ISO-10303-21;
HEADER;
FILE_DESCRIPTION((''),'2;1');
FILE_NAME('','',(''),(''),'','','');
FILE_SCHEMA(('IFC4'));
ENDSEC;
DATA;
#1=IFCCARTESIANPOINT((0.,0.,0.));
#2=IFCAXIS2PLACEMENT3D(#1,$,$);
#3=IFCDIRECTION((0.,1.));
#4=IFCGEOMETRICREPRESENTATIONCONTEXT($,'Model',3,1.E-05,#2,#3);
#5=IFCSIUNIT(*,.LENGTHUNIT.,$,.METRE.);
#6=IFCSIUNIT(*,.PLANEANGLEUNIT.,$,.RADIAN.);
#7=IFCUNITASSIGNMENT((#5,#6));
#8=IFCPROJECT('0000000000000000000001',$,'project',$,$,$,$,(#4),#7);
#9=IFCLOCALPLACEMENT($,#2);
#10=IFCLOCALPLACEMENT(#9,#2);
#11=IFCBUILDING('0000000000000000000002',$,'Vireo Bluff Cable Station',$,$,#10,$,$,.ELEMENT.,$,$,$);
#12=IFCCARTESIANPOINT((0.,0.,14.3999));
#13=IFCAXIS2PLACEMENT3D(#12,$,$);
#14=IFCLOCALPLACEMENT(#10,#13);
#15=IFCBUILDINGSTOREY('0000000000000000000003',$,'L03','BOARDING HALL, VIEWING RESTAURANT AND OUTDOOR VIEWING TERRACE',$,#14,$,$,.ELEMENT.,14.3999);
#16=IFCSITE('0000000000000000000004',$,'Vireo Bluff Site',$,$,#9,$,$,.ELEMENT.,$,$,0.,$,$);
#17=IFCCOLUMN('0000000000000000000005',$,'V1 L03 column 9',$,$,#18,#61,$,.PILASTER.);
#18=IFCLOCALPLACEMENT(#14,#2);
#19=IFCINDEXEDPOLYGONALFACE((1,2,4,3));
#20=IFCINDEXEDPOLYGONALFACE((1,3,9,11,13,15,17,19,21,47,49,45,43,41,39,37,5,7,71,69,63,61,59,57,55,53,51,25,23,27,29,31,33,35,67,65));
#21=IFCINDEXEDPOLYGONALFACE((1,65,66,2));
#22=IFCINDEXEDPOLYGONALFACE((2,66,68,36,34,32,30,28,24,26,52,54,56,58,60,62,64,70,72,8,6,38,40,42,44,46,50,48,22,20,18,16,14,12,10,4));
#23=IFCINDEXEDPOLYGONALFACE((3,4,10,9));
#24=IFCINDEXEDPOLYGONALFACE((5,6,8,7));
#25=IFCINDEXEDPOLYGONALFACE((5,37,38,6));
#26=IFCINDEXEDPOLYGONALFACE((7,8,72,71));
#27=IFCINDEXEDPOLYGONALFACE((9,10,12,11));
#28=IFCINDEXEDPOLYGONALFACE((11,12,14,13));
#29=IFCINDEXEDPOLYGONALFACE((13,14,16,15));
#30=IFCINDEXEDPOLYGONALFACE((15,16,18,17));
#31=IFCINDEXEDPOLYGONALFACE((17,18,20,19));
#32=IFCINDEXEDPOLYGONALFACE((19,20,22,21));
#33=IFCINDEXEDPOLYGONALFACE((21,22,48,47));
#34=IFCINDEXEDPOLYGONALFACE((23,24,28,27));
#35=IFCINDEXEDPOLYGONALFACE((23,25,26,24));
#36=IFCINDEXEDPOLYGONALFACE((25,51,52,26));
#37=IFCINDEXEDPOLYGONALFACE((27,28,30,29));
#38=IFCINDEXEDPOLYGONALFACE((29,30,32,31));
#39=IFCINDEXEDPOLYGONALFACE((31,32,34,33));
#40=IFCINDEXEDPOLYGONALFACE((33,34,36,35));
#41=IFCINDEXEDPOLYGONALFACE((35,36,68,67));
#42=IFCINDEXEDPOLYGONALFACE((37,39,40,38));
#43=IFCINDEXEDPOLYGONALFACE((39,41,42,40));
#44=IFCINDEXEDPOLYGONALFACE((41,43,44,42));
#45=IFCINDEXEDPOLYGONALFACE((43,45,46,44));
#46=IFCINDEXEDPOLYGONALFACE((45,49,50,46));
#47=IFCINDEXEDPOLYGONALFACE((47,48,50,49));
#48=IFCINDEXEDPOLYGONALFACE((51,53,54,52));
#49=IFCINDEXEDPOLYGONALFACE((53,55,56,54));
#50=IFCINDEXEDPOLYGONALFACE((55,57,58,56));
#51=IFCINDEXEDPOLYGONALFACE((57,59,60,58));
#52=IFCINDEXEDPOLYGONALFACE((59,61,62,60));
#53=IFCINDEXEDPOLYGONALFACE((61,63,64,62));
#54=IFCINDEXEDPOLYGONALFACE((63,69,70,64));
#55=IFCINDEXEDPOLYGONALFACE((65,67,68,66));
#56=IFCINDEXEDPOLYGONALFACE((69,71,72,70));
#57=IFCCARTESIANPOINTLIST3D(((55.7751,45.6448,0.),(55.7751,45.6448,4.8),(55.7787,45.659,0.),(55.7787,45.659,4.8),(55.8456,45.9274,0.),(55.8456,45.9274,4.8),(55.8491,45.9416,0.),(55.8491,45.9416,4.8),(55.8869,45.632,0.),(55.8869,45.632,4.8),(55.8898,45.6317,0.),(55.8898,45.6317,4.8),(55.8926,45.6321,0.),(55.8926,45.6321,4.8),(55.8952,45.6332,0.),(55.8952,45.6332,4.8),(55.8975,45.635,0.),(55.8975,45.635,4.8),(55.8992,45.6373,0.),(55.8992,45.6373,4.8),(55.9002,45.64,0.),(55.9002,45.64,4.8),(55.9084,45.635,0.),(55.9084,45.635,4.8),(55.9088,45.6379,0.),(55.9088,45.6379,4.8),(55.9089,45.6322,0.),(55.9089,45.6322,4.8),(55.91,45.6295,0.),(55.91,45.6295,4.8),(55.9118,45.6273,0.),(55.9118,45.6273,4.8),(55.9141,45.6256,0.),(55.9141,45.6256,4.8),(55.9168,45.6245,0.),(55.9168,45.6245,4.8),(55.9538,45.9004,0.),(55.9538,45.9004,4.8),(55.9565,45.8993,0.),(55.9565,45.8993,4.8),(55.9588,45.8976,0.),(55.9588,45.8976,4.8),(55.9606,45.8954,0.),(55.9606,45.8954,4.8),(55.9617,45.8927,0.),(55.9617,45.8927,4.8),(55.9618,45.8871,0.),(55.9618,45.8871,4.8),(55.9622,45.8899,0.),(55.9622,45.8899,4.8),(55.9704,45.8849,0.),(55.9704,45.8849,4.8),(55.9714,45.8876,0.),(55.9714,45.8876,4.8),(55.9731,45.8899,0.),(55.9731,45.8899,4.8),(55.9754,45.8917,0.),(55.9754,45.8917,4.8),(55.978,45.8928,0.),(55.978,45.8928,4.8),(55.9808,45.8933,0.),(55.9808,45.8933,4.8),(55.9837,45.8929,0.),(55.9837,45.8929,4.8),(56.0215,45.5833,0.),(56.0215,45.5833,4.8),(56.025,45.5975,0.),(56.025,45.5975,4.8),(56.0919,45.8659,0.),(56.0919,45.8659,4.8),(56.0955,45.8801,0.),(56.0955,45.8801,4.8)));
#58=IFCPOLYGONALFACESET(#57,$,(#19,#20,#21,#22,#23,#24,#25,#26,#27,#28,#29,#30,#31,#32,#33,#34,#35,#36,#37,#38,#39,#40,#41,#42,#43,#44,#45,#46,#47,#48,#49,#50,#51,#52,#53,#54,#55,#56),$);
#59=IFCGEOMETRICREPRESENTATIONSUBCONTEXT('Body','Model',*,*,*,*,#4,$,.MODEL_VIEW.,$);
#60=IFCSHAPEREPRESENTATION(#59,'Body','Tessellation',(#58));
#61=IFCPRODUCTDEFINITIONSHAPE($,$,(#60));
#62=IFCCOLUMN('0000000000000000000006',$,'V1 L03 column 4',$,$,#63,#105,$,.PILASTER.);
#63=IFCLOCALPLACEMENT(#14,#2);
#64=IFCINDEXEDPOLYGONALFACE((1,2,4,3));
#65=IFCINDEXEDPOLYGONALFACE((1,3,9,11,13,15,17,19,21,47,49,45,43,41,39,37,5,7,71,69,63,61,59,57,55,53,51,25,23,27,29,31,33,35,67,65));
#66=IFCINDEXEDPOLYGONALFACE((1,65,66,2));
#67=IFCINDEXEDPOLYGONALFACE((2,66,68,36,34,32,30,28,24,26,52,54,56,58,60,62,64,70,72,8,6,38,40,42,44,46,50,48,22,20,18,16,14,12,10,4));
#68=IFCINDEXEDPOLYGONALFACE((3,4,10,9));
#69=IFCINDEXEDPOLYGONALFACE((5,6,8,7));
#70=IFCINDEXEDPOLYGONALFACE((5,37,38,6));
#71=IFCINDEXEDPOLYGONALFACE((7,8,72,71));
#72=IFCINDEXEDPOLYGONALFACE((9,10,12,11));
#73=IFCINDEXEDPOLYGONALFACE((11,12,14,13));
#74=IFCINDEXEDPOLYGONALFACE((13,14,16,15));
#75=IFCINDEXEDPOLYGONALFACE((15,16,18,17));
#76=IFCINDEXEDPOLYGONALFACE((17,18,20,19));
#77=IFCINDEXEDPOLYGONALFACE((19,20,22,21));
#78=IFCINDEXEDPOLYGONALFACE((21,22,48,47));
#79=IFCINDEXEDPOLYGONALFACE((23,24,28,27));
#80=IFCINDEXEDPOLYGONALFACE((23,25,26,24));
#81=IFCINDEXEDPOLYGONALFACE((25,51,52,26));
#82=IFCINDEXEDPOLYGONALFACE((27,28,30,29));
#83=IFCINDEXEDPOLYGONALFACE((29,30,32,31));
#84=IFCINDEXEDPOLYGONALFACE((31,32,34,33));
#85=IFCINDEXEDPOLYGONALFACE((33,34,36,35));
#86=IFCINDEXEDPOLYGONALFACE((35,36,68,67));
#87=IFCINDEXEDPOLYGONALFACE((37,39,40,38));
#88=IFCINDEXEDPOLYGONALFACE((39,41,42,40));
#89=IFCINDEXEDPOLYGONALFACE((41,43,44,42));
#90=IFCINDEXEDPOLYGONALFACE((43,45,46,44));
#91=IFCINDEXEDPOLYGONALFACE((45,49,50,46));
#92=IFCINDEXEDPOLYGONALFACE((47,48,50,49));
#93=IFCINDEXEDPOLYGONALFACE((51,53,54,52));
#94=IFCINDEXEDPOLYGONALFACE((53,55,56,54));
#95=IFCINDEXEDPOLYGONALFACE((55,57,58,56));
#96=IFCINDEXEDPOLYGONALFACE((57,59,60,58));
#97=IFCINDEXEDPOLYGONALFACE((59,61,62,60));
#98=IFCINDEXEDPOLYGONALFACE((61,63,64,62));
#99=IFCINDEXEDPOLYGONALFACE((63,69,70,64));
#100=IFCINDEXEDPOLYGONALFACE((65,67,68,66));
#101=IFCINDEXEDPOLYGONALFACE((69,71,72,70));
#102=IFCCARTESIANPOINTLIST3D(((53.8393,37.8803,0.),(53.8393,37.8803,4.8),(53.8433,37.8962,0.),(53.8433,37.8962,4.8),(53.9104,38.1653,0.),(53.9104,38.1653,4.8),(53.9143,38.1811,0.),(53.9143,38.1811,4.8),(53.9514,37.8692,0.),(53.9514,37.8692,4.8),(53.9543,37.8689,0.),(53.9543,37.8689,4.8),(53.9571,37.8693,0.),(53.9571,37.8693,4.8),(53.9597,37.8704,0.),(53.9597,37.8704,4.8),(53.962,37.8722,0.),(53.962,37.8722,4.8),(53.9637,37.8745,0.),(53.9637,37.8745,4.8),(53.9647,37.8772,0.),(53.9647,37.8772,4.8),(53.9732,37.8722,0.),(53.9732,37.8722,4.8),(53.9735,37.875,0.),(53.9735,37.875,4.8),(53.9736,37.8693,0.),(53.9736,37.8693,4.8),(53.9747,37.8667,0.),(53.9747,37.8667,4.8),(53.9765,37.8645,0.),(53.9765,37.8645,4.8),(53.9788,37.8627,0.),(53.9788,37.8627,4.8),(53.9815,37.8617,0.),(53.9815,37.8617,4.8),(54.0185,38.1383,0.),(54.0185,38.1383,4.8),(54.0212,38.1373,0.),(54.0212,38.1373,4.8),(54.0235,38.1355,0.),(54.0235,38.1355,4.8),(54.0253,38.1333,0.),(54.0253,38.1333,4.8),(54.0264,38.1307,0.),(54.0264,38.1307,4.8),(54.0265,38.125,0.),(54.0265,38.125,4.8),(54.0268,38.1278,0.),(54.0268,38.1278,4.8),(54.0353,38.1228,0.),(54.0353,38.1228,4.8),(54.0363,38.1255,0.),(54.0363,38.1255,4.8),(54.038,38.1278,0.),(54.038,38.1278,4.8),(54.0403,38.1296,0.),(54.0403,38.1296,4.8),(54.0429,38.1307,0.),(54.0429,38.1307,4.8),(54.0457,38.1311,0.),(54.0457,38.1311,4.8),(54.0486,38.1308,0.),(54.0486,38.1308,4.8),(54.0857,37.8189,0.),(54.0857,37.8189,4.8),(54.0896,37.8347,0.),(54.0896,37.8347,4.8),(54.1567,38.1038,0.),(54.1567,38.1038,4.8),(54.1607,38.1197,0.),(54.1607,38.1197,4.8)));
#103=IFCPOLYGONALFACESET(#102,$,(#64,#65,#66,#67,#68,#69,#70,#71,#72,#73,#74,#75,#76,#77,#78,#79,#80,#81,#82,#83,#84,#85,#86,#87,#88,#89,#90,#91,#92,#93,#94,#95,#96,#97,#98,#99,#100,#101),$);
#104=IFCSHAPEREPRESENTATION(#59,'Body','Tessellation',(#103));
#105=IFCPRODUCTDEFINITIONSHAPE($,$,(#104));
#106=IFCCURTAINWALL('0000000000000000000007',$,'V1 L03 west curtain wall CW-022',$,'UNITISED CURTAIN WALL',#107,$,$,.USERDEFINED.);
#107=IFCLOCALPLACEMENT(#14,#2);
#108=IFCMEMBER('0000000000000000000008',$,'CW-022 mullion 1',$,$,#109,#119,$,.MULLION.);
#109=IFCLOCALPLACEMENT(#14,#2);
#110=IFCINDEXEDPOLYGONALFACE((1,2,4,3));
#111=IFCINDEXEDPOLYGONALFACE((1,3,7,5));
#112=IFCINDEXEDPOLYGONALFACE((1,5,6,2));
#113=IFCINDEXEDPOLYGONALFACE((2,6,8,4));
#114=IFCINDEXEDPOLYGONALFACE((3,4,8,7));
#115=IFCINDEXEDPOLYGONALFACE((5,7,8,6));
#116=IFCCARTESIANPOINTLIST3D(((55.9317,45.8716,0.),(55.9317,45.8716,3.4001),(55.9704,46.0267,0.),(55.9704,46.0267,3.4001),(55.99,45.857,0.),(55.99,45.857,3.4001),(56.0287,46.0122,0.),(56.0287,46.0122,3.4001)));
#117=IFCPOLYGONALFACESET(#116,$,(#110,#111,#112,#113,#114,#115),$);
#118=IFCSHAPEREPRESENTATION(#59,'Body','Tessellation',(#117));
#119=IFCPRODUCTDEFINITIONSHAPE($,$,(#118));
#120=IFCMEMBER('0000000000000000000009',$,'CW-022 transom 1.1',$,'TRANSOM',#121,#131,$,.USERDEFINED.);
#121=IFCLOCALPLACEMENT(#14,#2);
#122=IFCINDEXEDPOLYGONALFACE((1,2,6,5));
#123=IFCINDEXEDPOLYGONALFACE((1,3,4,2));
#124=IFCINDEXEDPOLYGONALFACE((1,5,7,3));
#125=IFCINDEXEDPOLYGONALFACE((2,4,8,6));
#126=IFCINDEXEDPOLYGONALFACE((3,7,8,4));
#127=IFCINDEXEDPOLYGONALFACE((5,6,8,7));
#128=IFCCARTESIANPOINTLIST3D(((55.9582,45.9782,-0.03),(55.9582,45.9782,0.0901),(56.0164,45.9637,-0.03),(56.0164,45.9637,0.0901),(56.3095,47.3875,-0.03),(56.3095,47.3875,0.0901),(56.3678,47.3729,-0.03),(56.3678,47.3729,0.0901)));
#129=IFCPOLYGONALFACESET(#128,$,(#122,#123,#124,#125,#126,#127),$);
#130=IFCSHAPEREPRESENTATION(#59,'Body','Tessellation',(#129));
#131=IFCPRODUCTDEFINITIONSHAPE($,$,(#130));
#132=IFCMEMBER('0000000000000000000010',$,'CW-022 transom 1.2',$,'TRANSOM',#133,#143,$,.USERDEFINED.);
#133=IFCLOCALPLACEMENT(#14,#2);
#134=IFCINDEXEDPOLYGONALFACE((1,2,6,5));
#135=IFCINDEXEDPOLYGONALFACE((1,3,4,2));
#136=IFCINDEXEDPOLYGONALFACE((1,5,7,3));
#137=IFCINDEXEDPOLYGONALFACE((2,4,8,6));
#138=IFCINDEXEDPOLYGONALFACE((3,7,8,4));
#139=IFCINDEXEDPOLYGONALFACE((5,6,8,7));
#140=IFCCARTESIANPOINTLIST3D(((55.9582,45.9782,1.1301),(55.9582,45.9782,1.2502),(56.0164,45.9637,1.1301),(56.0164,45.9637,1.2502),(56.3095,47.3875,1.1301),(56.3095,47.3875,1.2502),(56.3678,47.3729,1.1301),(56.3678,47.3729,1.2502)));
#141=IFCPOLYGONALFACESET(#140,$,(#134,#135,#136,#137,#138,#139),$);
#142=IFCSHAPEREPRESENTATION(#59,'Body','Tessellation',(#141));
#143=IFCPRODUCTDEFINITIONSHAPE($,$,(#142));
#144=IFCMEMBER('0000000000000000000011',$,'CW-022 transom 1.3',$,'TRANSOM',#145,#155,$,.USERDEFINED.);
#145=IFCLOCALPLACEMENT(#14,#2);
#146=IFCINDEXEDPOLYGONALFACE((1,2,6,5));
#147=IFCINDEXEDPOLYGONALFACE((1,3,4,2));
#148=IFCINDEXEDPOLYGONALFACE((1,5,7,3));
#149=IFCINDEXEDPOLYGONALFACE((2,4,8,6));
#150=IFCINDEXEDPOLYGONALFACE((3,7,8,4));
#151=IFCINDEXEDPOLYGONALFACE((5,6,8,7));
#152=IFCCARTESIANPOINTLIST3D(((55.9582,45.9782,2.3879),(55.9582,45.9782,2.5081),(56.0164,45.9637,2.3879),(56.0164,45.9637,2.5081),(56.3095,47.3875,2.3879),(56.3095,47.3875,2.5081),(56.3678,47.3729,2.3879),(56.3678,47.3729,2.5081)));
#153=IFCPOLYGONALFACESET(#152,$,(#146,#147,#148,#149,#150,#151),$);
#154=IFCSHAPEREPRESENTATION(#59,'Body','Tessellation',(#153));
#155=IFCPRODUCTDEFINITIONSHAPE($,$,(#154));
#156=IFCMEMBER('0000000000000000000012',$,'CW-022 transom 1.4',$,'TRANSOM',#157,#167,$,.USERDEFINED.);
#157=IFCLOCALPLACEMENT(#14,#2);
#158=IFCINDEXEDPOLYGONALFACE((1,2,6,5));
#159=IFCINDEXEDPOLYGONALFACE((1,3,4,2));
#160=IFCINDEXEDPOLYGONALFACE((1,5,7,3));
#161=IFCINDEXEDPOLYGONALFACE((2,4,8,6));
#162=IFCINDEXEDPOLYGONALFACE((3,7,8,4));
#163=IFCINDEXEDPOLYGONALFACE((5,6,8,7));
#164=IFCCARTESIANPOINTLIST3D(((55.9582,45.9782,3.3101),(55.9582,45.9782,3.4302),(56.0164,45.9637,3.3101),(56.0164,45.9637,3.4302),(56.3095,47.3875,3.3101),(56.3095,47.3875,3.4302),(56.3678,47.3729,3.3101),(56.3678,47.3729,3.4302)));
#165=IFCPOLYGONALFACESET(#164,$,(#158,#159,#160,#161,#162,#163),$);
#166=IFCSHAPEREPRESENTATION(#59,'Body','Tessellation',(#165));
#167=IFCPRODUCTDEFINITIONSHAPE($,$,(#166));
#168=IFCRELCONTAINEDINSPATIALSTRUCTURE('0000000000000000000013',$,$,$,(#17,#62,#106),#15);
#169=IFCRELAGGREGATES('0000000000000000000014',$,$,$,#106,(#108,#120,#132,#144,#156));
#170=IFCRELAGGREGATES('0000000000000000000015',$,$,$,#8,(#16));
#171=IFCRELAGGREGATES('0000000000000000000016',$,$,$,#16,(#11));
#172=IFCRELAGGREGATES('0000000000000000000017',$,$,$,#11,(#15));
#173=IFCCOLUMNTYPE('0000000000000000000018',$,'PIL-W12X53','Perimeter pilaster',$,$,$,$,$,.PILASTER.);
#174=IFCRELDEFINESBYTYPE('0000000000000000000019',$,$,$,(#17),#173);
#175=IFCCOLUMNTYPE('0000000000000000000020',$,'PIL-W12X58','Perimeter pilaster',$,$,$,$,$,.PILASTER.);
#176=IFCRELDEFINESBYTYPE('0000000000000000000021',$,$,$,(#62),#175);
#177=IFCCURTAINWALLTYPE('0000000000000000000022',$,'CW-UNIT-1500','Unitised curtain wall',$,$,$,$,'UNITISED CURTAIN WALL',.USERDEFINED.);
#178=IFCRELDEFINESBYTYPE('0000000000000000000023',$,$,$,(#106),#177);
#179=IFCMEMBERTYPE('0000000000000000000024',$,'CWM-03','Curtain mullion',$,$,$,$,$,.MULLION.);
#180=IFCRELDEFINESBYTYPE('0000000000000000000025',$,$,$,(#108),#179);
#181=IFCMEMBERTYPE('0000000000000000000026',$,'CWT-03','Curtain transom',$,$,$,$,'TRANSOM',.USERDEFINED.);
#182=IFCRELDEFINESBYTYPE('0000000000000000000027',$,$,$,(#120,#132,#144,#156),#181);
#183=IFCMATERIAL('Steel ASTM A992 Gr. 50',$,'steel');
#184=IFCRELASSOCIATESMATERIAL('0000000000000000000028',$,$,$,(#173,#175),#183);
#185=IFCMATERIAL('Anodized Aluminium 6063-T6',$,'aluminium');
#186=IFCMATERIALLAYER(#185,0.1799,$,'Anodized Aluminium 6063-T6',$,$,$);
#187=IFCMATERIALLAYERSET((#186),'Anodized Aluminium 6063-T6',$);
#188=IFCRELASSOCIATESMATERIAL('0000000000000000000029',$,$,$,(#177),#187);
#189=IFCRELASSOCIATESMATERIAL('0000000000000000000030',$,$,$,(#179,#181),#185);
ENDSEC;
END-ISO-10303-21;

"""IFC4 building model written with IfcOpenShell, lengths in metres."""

from ifc_helpers import new_model, si_unit, direction, frame, origin, origin_2d, place, context, subcontext, project, spatial, rectangle, i_section, extrude, material, layer, layer_set, material_profile, profile_set, type_object, element, aggregate, save


model = new_model("IFC4")

# Units and contexts
model_context = context("Model", 3, precision=1e-05, world=origin(), true_north=direction((0.0, 1.0)))
body_context = subcontext(model_context, "Body", "Model", "MODEL_VIEW")
ifc_project = project(units=[si_unit("LENGTHUNIT", "METRE"), si_unit("PLANEANGLEUNIT", "RADIAN")], contexts=[model_context])

# Site, building, storey
site_placement = place(None, origin())
site = spatial("IfcSite", under=ifc_project, at=site_placement, Name="Vireo Bluff Site", CompositionType="ELEMENT", RefElevation=0.0)
building_placement = place(site_placement, origin())
building = spatial("IfcBuilding", under=site, at=building_placement, Name="Vireo Bluff Cable Station", CompositionType="ELEMENT")
storey_placement = place(building_placement, frame((0.0, 0.0, 14.3999)))
storey = spatial("IfcBuildingStorey", under=building, at=storey_placement, Name="L03", Description="BOARDING HALL, VIEWING RESTAURANT AND OUTDOOR VIEWING TERRACE", CompositionType="ELEMENT", Elevation=14.3999)

# Columns
ifc_material_1 = material(Name="Steel ASTM A992 Gr. 50", Category="steel")
ifc_material_profile_1 = material_profile(ifc_material_1, i_section(OverallWidth=0.2539, OverallDepth=0.3059, WebThickness=0.0088, FlangeThickness=0.0146, FilletRadius=0.011, at=origin_2d()), Name="W12X53")
ifc_profile_set_1 = profile_set([ifc_material_profile_1], Name="Steel ASTM A992 Gr. 50")
column_type_1 = type_object("IfcColumnType", Name="PIL-W12X53", Description="Perimeter pilaster", PredefinedType="PILASTER", material=ifc_profile_set_1)
column_1_placement = place(storey_placement, frame((55.9353, 45.7625, 0.0), z_axis=(0.0, 0.0, 1.0), x_axis=(0.970296, -0.241922, 0.0)))
element("IfcColumn", 1, at=column_1_placement, inside=storey, type_object=column_type_1, Name="V1 L03 column 9", PredefinedType="PILASTER", context=body_context, shape_type="SweptSolid", body=[
    extrude(i_section(OverallWidth=0.2539, OverallDepth=0.3059, WebThickness=0.0088, FlangeThickness=0.0146, FilletRadius=0.011, at=origin_2d()), origin(), (0.0, 0.0, 1.0), 4.8),
])
ifc_material_profile_2 = material_profile(ifc_material_1, i_section(OverallWidth=0.2539, OverallDepth=0.3101, WebThickness=0.009, FlangeThickness=0.0164, FilletRadius=0.011, at=origin_2d()), Name="W12X58")
ifc_profile_set_2 = profile_set([ifc_material_profile_2], Name="Steel ASTM A992 Gr. 50")
column_type_2 = type_object("IfcColumnType", Name="PIL-W12X58", Description="Perimeter pilaster", PredefinedType="PILASTER", material=ifc_profile_set_2)
column_2_placement = place(storey_placement, frame((54.0, 38.0, 0.0), z_axis=(0.0, 0.0, 1.0), x_axis=(0.970296, -0.241922, 0.0)))
element("IfcColumn", 2, at=column_2_placement, inside=storey, type_object=column_type_2, Name="V1 L03 column 4", PredefinedType="PILASTER", context=body_context, shape_type="SweptSolid", body=[
    extrude(i_section(OverallWidth=0.2539, OverallDepth=0.3101, WebThickness=0.009, FlangeThickness=0.0164, FilletRadius=0.011, at=origin_2d()), origin(), (0.0, 0.0, 1.0), 4.8),
])

# Curtain wall, members
ifc_material_2 = material(Name="Anodized Aluminium 6063-T6", Category="aluminium")
ifc_layer_1 = layer(ifc_material_2, 0.1799, Name="Anodized Aluminium 6063-T6")
ifc_layer_set_1 = layer_set([ifc_layer_1], Name="Anodized Aluminium 6063-T6")
curtain_wall_type = type_object("IfcCurtainWallType", Name="CW-UNIT-1500", Description="Unitised curtain wall", ElementType="UNITISED CURTAIN WALL", PredefinedType="USERDEFINED", material=ifc_layer_set_1)
curtain_wall_placement = place(storey_placement, origin())
curtain_wall = element("IfcCurtainWall", 3, at=curtain_wall_placement, inside=storey, type_object=curtain_wall_type, Name="V1 L03 west curtain wall CW-022", ObjectType="UNITISED CURTAIN WALL", PredefinedType="USERDEFINED")
ifc_material_profile_3 = material_profile(ifc_material_2, rectangle(XDim=0.0601, YDim=0.1599, at=origin_2d()), Name="ALU-M-60X160")
ifc_profile_set_3 = profile_set([ifc_material_profile_3], Name="Anodized Aluminium 6063-T6")
member_type_1 = type_object("IfcMemberType", Name="CWM-03", Description="Curtain mullion", PredefinedType="MULLION", material=ifc_profile_set_3)
member_1_placement = place(storey_placement, frame((55.9802, 45.9419, 0.0), z_axis=(0.0, 0.0, 1.0), x_axis=(-0.970296, 0.241922, 0.0)))
member_1 = element("IfcMember", 4, at=member_1_placement, type_object=member_type_1, Name="CW-022 mullion 1", PredefinedType="MULLION", context=body_context, shape_type="SweptSolid", body=[
    extrude(rectangle(XDim=0.0601, YDim=0.1599, at=origin_2d()), origin(), (0.0, 0.0, 1.0), 3.4001),
])
ifc_material_profile_4 = material_profile(ifc_material_2, rectangle(XDim=0.0601, YDim=0.1201, at=origin_2d()), Name="ALU-T-60X120")
ifc_profile_set_4 = profile_set([ifc_material_profile_4], Name="Anodized Aluminium 6063-T6")
member_type_2 = type_object("IfcMemberType", Name="CWT-03", Description="Curtain transom", ElementType="TRANSOM", PredefinedType="USERDEFINED", material=ifc_profile_set_4)
member_2_placement = place(storey_placement, frame((55.9873, 45.9709, 0.03), z_axis=(0.241903, 0.970301, 0.0), x_axis=(-0.970301, 0.241903, 0.0)))
member_2 = element("IfcMember", 5, at=member_2_placement, type_object=member_type_2, Name="CW-022 transom 1.1", ObjectType="TRANSOM", PredefinedType="USERDEFINED", context=body_context, shape_type="SweptSolid", body=[
    extrude(rectangle(XDim=0.0601, YDim=0.1201, at=origin_2d()), origin(), (0.0, 0.0, 1.0), 1.4524),
])
member_3_placement = place(storey_placement, frame((55.9873, 45.9709, 1.1902), z_axis=(0.241903, 0.970301, 0.0), x_axis=(-0.970301, 0.241903, 0.0)))
member_3 = element("IfcMember", 6, at=member_3_placement, type_object=member_type_2, Name="CW-022 transom 1.2", ObjectType="TRANSOM", PredefinedType="USERDEFINED", context=body_context, shape_type="SweptSolid", body=[
    extrude(rectangle(XDim=0.0601, YDim=0.1201, at=origin_2d()), origin(), (0.0, 0.0, 1.0), 1.4524),
])
member_4_placement = place(storey_placement, frame((55.9873, 45.9709, 2.448), z_axis=(0.241903, 0.970301, 0.0), x_axis=(-0.970301, 0.241903, 0.0)))
member_4 = element("IfcMember", 7, at=member_4_placement, type_object=member_type_2, Name="CW-022 transom 1.3", ObjectType="TRANSOM", PredefinedType="USERDEFINED", context=body_context, shape_type="SweptSolid", body=[
    extrude(rectangle(XDim=0.0601, YDim=0.1201, at=origin_2d()), origin(), (0.0, 0.0, 1.0), 1.4524),
])
member_5_placement = place(storey_placement, frame((55.9873, 45.9709, 3.3701), z_axis=(0.241903, 0.970301, 0.0), x_axis=(-0.970301, 0.241903, 0.0)))
member_5 = element("IfcMember", 8, at=member_5_placement, type_object=member_type_2, Name="CW-022 transom 1.4", ObjectType="TRANSOM", PredefinedType="USERDEFINED", context=body_context, shape_type="SweptSolid", body=[
    extrude(rectangle(XDim=0.0601, YDim=0.1201, at=origin_2d()), origin(), (0.0, 0.0, 1.0), 1.4524),
])

aggregate(curtain_wall, [member_1, member_2, member_3, member_4, member_5])

save(model, "model.ifc")
